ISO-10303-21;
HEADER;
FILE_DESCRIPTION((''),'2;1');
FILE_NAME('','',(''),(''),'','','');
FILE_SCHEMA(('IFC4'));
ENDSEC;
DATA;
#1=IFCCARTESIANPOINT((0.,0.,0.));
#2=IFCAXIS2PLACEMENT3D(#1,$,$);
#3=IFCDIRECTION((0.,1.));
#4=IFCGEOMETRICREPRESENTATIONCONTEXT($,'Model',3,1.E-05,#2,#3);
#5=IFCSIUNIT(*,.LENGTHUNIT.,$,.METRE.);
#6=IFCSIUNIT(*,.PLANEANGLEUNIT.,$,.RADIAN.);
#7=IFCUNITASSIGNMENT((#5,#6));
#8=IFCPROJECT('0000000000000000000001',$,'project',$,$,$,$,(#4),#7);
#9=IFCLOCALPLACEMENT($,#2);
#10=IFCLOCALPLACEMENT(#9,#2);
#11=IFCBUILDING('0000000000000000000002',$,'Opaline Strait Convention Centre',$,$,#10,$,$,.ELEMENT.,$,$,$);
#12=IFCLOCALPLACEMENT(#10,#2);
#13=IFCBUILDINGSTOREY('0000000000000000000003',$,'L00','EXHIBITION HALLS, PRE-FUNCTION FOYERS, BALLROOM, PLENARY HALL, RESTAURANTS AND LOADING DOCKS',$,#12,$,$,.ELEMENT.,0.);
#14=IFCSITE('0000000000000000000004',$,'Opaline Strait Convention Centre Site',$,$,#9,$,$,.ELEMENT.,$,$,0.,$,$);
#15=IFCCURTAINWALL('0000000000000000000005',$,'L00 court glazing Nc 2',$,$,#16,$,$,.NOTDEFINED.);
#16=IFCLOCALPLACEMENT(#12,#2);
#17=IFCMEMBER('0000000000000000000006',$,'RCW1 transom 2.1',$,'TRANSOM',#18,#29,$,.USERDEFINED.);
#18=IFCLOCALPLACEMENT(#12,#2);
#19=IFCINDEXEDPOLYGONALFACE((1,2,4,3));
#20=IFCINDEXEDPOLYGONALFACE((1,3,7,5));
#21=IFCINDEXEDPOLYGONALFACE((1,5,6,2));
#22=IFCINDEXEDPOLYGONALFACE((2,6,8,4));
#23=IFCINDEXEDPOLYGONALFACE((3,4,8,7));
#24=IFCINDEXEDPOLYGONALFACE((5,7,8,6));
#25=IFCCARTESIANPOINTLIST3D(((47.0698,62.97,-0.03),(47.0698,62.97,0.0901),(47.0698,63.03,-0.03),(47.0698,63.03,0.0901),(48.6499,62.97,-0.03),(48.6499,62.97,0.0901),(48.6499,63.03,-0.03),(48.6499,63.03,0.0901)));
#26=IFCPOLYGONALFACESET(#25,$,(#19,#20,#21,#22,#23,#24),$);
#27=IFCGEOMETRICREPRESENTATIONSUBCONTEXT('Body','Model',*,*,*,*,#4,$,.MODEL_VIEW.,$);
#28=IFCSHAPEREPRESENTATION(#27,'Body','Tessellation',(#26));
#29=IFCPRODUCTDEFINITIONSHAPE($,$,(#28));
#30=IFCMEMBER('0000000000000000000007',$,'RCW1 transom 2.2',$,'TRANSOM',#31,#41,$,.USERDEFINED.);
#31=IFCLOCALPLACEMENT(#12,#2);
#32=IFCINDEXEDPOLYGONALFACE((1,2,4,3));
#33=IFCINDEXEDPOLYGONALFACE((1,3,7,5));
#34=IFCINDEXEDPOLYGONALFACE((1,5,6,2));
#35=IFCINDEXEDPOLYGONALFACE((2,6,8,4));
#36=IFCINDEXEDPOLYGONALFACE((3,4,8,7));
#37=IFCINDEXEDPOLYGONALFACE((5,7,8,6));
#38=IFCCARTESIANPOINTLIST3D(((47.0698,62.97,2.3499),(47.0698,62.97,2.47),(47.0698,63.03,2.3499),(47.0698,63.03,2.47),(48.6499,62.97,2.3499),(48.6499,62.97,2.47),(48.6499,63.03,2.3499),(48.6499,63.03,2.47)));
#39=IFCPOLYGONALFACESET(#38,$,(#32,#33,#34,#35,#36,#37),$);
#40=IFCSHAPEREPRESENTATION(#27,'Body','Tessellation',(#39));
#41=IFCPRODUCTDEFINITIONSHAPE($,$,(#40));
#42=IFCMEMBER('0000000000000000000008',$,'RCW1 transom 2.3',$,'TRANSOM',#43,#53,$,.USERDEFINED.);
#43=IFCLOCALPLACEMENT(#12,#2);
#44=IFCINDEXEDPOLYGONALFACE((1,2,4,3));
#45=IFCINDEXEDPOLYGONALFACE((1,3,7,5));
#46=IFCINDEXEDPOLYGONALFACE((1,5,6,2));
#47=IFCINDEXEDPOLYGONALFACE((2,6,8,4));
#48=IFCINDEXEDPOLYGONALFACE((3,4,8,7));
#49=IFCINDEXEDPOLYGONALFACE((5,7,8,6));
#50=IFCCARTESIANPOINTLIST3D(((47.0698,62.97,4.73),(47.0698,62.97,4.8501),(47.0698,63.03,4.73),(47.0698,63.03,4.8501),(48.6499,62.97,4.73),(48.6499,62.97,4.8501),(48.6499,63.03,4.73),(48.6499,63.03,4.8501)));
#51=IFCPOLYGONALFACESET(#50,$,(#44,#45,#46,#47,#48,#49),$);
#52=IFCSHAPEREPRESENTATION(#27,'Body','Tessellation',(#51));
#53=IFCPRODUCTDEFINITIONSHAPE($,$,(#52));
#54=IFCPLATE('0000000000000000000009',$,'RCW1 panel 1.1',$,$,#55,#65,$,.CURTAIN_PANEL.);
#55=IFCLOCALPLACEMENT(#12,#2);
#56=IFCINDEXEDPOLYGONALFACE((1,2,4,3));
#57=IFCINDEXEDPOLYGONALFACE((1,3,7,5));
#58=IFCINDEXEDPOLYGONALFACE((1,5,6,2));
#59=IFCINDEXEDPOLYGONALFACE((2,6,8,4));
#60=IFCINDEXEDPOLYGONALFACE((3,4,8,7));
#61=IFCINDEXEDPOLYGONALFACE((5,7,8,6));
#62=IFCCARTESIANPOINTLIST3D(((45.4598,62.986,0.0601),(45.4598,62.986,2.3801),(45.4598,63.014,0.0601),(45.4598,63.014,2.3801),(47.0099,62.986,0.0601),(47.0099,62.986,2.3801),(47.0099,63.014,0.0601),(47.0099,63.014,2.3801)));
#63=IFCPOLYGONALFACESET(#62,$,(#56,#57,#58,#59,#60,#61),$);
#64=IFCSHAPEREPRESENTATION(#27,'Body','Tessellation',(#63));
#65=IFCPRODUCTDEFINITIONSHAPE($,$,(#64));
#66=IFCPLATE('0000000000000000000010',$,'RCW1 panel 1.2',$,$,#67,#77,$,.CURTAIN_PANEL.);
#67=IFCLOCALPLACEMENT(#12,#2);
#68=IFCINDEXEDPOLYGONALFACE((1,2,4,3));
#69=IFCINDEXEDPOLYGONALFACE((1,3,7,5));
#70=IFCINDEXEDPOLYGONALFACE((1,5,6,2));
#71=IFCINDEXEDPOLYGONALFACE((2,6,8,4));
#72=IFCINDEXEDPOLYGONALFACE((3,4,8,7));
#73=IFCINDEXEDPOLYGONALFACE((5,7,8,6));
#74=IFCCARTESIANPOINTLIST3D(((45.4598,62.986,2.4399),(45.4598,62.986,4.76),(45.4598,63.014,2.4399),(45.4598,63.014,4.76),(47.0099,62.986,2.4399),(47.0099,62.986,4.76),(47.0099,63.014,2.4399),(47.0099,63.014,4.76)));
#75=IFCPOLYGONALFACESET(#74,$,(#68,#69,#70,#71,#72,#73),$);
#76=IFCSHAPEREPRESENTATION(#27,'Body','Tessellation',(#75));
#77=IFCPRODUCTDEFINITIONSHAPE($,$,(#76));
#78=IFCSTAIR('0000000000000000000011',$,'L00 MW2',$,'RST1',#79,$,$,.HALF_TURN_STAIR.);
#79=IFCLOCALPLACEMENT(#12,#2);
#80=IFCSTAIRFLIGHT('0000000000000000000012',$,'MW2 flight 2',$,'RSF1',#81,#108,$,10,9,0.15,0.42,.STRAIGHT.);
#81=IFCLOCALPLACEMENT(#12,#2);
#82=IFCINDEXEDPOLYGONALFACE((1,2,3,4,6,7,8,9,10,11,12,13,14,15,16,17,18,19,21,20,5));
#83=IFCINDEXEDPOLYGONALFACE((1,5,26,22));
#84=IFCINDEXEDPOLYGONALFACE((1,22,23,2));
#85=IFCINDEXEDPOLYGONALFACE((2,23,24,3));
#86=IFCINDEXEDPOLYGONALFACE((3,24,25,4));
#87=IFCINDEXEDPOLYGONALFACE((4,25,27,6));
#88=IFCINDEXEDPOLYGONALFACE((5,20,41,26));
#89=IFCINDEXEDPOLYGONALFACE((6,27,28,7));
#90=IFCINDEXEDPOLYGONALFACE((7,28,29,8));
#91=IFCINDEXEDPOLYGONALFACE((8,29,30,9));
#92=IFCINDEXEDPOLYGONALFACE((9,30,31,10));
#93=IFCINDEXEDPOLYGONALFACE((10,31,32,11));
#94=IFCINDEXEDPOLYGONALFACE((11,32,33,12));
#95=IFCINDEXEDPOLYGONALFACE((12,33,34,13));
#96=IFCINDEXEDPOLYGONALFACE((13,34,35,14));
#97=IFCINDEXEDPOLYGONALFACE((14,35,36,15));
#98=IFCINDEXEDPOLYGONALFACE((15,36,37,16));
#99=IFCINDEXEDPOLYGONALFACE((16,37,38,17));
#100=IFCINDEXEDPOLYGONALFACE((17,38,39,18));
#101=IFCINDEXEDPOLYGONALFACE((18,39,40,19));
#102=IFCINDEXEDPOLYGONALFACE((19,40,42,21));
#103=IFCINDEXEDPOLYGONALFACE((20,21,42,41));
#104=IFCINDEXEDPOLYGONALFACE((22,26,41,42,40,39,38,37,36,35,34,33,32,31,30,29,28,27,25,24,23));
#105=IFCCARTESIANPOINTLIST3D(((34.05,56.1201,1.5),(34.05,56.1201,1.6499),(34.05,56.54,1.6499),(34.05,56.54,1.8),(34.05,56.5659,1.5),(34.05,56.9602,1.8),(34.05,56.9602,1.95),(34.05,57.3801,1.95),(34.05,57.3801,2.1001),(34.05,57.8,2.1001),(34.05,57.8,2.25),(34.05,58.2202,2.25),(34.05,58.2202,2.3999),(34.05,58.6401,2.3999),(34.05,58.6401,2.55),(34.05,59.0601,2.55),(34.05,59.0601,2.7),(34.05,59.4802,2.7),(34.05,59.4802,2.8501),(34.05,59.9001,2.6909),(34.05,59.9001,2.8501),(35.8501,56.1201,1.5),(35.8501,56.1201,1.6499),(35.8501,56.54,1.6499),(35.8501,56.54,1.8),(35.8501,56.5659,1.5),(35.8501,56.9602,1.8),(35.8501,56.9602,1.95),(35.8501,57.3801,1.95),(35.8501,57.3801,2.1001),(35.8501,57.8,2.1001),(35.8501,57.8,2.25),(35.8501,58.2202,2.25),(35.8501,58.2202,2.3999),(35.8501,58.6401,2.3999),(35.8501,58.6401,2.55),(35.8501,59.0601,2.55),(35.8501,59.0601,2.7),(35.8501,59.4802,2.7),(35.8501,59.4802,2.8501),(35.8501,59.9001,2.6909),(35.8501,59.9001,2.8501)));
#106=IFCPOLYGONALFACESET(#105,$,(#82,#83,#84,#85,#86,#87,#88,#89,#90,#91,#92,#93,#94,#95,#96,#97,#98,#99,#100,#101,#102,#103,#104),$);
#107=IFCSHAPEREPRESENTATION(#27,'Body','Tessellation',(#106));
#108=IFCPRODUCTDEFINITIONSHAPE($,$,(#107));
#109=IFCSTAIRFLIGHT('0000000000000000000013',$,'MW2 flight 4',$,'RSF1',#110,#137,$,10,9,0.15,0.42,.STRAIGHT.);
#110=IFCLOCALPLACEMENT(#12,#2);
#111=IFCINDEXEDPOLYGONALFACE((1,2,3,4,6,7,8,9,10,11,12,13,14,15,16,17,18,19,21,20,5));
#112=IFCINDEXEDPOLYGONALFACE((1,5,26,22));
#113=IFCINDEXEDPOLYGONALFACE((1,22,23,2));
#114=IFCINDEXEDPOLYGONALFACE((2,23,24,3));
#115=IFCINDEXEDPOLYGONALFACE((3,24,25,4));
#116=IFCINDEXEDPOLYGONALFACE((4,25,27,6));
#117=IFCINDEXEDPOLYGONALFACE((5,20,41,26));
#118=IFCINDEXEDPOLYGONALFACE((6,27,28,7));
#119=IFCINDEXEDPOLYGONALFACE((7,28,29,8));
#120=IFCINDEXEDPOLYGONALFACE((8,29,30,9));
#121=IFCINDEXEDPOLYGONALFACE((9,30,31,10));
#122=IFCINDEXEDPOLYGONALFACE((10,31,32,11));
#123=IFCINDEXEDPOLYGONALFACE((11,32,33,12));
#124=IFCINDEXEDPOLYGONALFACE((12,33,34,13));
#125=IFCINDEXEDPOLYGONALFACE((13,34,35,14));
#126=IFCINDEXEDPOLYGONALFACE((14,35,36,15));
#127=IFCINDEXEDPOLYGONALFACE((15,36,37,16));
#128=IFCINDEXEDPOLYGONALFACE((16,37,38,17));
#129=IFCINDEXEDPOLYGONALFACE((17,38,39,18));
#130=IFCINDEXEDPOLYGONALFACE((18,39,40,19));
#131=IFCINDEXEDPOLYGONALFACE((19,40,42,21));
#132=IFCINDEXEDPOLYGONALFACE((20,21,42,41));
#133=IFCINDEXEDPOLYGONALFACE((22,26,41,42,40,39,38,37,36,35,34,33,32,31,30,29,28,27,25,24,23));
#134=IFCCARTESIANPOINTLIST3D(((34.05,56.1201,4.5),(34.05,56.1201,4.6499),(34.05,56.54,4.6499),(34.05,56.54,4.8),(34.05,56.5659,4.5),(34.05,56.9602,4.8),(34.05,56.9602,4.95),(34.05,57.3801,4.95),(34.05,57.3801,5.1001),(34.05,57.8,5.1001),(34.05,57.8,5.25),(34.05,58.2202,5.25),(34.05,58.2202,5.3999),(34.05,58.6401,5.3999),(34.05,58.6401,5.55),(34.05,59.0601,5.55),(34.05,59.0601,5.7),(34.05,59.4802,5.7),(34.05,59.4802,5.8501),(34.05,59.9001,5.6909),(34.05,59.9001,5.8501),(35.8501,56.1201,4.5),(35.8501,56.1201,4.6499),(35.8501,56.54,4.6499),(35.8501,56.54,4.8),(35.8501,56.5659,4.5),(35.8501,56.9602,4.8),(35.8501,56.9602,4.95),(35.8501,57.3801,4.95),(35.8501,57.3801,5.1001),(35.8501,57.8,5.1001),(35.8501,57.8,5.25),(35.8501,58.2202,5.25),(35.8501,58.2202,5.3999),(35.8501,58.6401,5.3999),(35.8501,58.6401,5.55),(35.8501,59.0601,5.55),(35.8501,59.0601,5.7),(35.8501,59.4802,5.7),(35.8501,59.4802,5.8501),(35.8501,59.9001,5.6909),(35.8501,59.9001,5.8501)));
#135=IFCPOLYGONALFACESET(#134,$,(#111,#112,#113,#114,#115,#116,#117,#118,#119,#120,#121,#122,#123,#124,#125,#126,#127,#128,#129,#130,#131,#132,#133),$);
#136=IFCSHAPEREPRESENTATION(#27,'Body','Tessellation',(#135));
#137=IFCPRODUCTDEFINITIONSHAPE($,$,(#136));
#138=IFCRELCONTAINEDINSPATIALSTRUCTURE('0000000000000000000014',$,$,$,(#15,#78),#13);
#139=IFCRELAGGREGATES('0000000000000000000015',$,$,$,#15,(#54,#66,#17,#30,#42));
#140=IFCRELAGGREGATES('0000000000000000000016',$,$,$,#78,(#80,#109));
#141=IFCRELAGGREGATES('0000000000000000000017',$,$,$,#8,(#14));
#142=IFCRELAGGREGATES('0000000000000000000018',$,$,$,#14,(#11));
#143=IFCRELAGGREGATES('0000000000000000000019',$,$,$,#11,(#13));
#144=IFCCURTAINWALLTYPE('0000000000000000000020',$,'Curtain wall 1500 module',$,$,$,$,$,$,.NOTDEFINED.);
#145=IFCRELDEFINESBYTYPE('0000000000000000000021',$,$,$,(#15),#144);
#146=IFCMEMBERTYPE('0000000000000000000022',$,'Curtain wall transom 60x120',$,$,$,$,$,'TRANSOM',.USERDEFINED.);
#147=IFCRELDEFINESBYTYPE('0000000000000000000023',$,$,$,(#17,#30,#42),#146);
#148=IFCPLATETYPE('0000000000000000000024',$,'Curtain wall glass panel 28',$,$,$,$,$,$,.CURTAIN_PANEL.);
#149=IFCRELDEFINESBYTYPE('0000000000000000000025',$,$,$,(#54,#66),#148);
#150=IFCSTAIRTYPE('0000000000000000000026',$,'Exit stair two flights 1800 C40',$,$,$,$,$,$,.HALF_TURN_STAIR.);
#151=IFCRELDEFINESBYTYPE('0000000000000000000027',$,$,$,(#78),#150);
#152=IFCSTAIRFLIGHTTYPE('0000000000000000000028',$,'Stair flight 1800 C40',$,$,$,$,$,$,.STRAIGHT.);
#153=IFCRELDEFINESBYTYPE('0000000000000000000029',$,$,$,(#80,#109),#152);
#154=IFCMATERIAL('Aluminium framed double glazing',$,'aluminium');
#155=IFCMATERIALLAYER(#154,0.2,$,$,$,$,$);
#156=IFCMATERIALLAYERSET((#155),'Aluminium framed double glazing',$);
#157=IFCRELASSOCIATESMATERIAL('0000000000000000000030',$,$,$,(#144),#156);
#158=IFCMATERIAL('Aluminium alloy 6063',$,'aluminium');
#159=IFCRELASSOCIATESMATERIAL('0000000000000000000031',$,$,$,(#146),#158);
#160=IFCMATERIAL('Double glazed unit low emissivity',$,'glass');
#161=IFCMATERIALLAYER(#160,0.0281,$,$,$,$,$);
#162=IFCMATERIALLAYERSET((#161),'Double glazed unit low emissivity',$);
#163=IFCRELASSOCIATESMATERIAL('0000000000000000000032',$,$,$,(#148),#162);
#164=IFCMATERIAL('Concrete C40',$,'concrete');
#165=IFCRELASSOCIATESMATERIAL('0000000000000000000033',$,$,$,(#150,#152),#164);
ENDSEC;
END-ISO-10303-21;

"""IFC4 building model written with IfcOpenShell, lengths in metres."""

from ifc_helpers import new_model, si_unit, direction, frame, origin, origin_2d, place, context, subcontext, project, spatial, polyline, rectangle, outline, extrude, material, layer, layer_set, material_profile, profile_set, type_object, element, aggregate, save


model = new_model("IFC4")

# Units and contexts
model_context = context("Model", 3, precision=1e-05, world=origin(), true_north=direction((0.0, 1.0)))
body_context = subcontext(model_context, "Body", "Model", "MODEL_VIEW")
ifc_project = project(units=[si_unit("LENGTHUNIT", "METRE"), si_unit("PLANEANGLEUNIT", "RADIAN")], contexts=[model_context])

# Site, building, storey
site_placement = place(None, origin())
site = spatial("IfcSite", under=ifc_project, at=site_placement, Name="Opaline Strait Convention Centre Site", CompositionType="ELEMENT", RefElevation=0.0)
building_placement = place(site_placement, origin())
building = spatial("IfcBuilding", under=site, at=building_placement, Name="Opaline Strait Convention Centre", CompositionType="ELEMENT")
storey_placement = place(building_placement, origin())
storey = spatial("IfcBuildingStorey", under=building, at=storey_placement, Name="L00", Description="EXHIBITION HALLS, PRE-FUNCTION FOYERS, BALLROOM, PLENARY HALL, RESTAURANTS AND LOADING DOCKS", CompositionType="ELEMENT", Elevation=0.0)

# Shared definitions
ifc_material_1 = material(Name="Concrete C40", Category="concrete")

# Curtain wall, members, plates
ifc_material_2 = material(Name="Aluminium framed double glazing", Category="aluminium")
ifc_layer_1 = layer(ifc_material_2, 0.2)
ifc_layer_set_1 = layer_set([ifc_layer_1], Name="Aluminium framed double glazing")
curtain_wall_type = type_object("IfcCurtainWallType", Name="Curtain wall 1500 module", PredefinedType="NOTDEFINED", material=ifc_layer_set_1)
curtain_wall_placement = place(storey_placement, origin())
curtain_wall = element("IfcCurtainWall", 1, at=curtain_wall_placement, inside=storey, type_object=curtain_wall_type, Name="L00 court glazing Nc 2", PredefinedType="NOTDEFINED")
ifc_material_3 = material(Name="Aluminium alloy 6063", Category="aluminium")
ifc_material_profile_1 = material_profile(ifc_material_3, rectangle(XDim=0.0601, YDim=0.1201, at=origin_2d()), Name="Curtain wall transom 60x120")
ifc_profile_set_1 = profile_set([ifc_material_profile_1], Name="Aluminium alloy 6063")
member_type_1 = type_object("IfcMemberType", Name="Curtain wall transom 60x120", ElementType="TRANSOM", PredefinedType="USERDEFINED", material=ifc_profile_set_1)
member_1_placement = place(storey_placement, frame((47.0698, 63.0, 0.03), z_axis=(1.0, 0.0, 0.0), x_axis=(0.0, 1.0, 0.0)))
member_1 = element("IfcMember", 2, at=member_1_placement, type_object=member_type_1, Name="RCW1 transom 2.1", ObjectType="TRANSOM", PredefinedType="USERDEFINED", context=body_context, shape_type="SweptSolid", body=[
    extrude(rectangle(XDim=0.0601, YDim=0.1201, at=origin_2d()), origin(), (0.0, 0.0, 1.0), 1.5801),
])
member_2_placement = place(storey_placement, frame((47.0698, 63.0, 2.4099), z_axis=(1.0, 0.0, 0.0), x_axis=(0.0, 1.0, 0.0)))
member_2 = element("IfcMember", 3, at=member_2_placement, type_object=member_type_1, Name="RCW1 transom 2.2", ObjectType="TRANSOM", PredefinedType="USERDEFINED", context=body_context, shape_type="SweptSolid", body=[
    extrude(rectangle(XDim=0.0601, YDim=0.1201, at=origin_2d()), origin(), (0.0, 0.0, 1.0), 1.5801),
])
member_3_placement = place(storey_placement, frame((47.0698, 63.0, 4.79), z_axis=(1.0, 0.0, 0.0), x_axis=(0.0, 1.0, 0.0)))
member_3 = element("IfcMember", 4, at=member_3_placement, type_object=member_type_1, Name="RCW1 transom 2.3", ObjectType="TRANSOM", PredefinedType="USERDEFINED", context=body_context, shape_type="SweptSolid", body=[
    extrude(rectangle(XDim=0.0601, YDim=0.1201, at=origin_2d()), origin(), (0.0, 0.0, 1.0), 1.5801),
])
ifc_material_4 = material(Name="Double glazed unit low emissivity", Category="glass")
ifc_layer_2 = layer(ifc_material_4, 0.0281)
ifc_layer_set_2 = layer_set([ifc_layer_2], Name="Double glazed unit low emissivity")
plate_type = type_object("IfcPlateType", Name="Curtain wall glass panel 28", PredefinedType="CURTAIN_PANEL", material=ifc_layer_set_2)
plate_1_placement = place(storey_placement, frame((46.2349, 63.0, 0.0601), z_axis=(0.0, 0.0, 1.0), x_axis=(1.0, 0.0, 0.0)))
plate_1 = element("IfcPlate", 5, at=plate_1_placement, type_object=plate_type, Name="RCW1 panel 1.1", PredefinedType="CURTAIN_PANEL", context=body_context, shape_type="SweptSolid", body=[
    extrude(rectangle(XDim=1.55, YDim=0.0281, at=origin_2d()), origin(), (0.0, 0.0, 1.0), 2.3201),
])
plate_2_placement = place(storey_placement, frame((46.2349, 63.0, 2.4399), z_axis=(0.0, 0.0, 1.0), x_axis=(1.0, 0.0, 0.0)))
plate_2 = element("IfcPlate", 6, at=plate_2_placement, type_object=plate_type, Name="RCW1 panel 1.2", PredefinedType="CURTAIN_PANEL", context=body_context, shape_type="SweptSolid", body=[
    extrude(rectangle(XDim=1.55, YDim=0.0281, at=origin_2d()), origin(), (0.0, 0.0, 1.0), 2.3201),
])
aggregate(curtain_wall, [plate_1, plate_2, member_1, member_2, member_3])

# Stair, stair flights
stair_type = type_object("IfcStairType", Name="Exit stair two flights 1800 C40", PredefinedType="HALF_TURN_STAIR", material=ifc_material_1)
stair_placement = place(storey_placement, origin())
stair = element("IfcStair", 7, at=stair_placement, inside=storey, type_object=stair_type, Name="L00 MW2", ObjectType="RST1", PredefinedType="HALF_TURN_STAIR")
stair_flight_type = type_object("IfcStairFlightType", Name="Stair flight 1800 C40", PredefinedType="STRAIGHT", material=ifc_material_1)
stair_flight_1_placement = place(storey_placement, frame((34.95, 56.1201, 1.5), z_axis=(0.0, 0.0, 1.0), x_axis=(0.0, 1.0, 0.0)))
stair_flight_1 = element("IfcStairFlight", 8, at=stair_flight_1_placement, type_object=stair_flight_type, Name="MW2 flight 2", ObjectType="RSF1", NumberOfRisers=10, NumberOfTreads=9, PredefinedType="STRAIGHT", RiserHeight=0.15, TreadLength=0.42, context=body_context, shape_type="SweptSolid", body=[
    extrude(outline(polyline([(0.0, 0.0), (0.0, 0.1499), (0.4199, 0.1499), (0.4199, 0.3), (0.8401, 0.3), (0.8401, 0.45), (1.26, 0.45), (1.26, 0.6001), (1.6799, 0.6001), (1.6799, 0.75), (2.1001, 0.75), (2.1001, 0.8999), (2.52, 0.8999), (2.52, 1.05), (2.9399, 1.05), (2.9399, 1.2), (3.3601, 1.2), (3.3601, 1.3501), (3.78, 1.3501), (3.78, 1.5), (3.78, 1.1909), (0.4458, 0.0), (0.0, 0.0)])), frame((0.0, 0.8999, 0.0), z_axis=(0.0, -1.0, 0.0), x_axis=(1.0, 0.0, 0.0)), (0.0, 0.0, 1.0), 1.8),
])
stair_flight_2_placement = place(storey_placement, frame((34.95, 56.1201, 4.5), z_axis=(0.0, 0.0, 1.0), x_axis=(0.0, 1.0, 0.0)))
stair_flight_2 = element("IfcStairFlight", 9, at=stair_flight_2_placement, type_object=stair_flight_type, Name="MW2 flight 4", ObjectType="RSF1", NumberOfRisers=10, NumberOfTreads=9, PredefinedType="STRAIGHT", RiserHeight=0.15, TreadLength=0.42, context=body_context, shape_type="SweptSolid", body=[
    extrude(outline(polyline([(0.0, 0.0), (0.0, 0.1499), (0.4199, 0.1499), (0.4199, 0.3), (0.8401, 0.3), (0.8401, 0.45), (1.26, 0.45), (1.26, 0.6001), (1.6799, 0.6001), (1.6799, 0.75), (2.1001, 0.75), (2.1001, 0.8999), (2.52, 0.8999), (2.52, 1.05), (2.9399, 1.05), (2.9399, 1.2), (3.3601, 1.2), (3.3601, 1.3501), (3.78, 1.3501), (3.78, 1.5), (3.78, 1.1909), (0.4458, 0.0), (0.0, 0.0)])), frame((0.0, 0.8999, 0.0), z_axis=(0.0, -1.0, 0.0), x_axis=(1.0, 0.0, 0.0)), (0.0, 0.0, 1.0), 1.8),
])
aggregate(stair, [stair_flight_1, stair_flight_2])

save(model, "model.ifc")
